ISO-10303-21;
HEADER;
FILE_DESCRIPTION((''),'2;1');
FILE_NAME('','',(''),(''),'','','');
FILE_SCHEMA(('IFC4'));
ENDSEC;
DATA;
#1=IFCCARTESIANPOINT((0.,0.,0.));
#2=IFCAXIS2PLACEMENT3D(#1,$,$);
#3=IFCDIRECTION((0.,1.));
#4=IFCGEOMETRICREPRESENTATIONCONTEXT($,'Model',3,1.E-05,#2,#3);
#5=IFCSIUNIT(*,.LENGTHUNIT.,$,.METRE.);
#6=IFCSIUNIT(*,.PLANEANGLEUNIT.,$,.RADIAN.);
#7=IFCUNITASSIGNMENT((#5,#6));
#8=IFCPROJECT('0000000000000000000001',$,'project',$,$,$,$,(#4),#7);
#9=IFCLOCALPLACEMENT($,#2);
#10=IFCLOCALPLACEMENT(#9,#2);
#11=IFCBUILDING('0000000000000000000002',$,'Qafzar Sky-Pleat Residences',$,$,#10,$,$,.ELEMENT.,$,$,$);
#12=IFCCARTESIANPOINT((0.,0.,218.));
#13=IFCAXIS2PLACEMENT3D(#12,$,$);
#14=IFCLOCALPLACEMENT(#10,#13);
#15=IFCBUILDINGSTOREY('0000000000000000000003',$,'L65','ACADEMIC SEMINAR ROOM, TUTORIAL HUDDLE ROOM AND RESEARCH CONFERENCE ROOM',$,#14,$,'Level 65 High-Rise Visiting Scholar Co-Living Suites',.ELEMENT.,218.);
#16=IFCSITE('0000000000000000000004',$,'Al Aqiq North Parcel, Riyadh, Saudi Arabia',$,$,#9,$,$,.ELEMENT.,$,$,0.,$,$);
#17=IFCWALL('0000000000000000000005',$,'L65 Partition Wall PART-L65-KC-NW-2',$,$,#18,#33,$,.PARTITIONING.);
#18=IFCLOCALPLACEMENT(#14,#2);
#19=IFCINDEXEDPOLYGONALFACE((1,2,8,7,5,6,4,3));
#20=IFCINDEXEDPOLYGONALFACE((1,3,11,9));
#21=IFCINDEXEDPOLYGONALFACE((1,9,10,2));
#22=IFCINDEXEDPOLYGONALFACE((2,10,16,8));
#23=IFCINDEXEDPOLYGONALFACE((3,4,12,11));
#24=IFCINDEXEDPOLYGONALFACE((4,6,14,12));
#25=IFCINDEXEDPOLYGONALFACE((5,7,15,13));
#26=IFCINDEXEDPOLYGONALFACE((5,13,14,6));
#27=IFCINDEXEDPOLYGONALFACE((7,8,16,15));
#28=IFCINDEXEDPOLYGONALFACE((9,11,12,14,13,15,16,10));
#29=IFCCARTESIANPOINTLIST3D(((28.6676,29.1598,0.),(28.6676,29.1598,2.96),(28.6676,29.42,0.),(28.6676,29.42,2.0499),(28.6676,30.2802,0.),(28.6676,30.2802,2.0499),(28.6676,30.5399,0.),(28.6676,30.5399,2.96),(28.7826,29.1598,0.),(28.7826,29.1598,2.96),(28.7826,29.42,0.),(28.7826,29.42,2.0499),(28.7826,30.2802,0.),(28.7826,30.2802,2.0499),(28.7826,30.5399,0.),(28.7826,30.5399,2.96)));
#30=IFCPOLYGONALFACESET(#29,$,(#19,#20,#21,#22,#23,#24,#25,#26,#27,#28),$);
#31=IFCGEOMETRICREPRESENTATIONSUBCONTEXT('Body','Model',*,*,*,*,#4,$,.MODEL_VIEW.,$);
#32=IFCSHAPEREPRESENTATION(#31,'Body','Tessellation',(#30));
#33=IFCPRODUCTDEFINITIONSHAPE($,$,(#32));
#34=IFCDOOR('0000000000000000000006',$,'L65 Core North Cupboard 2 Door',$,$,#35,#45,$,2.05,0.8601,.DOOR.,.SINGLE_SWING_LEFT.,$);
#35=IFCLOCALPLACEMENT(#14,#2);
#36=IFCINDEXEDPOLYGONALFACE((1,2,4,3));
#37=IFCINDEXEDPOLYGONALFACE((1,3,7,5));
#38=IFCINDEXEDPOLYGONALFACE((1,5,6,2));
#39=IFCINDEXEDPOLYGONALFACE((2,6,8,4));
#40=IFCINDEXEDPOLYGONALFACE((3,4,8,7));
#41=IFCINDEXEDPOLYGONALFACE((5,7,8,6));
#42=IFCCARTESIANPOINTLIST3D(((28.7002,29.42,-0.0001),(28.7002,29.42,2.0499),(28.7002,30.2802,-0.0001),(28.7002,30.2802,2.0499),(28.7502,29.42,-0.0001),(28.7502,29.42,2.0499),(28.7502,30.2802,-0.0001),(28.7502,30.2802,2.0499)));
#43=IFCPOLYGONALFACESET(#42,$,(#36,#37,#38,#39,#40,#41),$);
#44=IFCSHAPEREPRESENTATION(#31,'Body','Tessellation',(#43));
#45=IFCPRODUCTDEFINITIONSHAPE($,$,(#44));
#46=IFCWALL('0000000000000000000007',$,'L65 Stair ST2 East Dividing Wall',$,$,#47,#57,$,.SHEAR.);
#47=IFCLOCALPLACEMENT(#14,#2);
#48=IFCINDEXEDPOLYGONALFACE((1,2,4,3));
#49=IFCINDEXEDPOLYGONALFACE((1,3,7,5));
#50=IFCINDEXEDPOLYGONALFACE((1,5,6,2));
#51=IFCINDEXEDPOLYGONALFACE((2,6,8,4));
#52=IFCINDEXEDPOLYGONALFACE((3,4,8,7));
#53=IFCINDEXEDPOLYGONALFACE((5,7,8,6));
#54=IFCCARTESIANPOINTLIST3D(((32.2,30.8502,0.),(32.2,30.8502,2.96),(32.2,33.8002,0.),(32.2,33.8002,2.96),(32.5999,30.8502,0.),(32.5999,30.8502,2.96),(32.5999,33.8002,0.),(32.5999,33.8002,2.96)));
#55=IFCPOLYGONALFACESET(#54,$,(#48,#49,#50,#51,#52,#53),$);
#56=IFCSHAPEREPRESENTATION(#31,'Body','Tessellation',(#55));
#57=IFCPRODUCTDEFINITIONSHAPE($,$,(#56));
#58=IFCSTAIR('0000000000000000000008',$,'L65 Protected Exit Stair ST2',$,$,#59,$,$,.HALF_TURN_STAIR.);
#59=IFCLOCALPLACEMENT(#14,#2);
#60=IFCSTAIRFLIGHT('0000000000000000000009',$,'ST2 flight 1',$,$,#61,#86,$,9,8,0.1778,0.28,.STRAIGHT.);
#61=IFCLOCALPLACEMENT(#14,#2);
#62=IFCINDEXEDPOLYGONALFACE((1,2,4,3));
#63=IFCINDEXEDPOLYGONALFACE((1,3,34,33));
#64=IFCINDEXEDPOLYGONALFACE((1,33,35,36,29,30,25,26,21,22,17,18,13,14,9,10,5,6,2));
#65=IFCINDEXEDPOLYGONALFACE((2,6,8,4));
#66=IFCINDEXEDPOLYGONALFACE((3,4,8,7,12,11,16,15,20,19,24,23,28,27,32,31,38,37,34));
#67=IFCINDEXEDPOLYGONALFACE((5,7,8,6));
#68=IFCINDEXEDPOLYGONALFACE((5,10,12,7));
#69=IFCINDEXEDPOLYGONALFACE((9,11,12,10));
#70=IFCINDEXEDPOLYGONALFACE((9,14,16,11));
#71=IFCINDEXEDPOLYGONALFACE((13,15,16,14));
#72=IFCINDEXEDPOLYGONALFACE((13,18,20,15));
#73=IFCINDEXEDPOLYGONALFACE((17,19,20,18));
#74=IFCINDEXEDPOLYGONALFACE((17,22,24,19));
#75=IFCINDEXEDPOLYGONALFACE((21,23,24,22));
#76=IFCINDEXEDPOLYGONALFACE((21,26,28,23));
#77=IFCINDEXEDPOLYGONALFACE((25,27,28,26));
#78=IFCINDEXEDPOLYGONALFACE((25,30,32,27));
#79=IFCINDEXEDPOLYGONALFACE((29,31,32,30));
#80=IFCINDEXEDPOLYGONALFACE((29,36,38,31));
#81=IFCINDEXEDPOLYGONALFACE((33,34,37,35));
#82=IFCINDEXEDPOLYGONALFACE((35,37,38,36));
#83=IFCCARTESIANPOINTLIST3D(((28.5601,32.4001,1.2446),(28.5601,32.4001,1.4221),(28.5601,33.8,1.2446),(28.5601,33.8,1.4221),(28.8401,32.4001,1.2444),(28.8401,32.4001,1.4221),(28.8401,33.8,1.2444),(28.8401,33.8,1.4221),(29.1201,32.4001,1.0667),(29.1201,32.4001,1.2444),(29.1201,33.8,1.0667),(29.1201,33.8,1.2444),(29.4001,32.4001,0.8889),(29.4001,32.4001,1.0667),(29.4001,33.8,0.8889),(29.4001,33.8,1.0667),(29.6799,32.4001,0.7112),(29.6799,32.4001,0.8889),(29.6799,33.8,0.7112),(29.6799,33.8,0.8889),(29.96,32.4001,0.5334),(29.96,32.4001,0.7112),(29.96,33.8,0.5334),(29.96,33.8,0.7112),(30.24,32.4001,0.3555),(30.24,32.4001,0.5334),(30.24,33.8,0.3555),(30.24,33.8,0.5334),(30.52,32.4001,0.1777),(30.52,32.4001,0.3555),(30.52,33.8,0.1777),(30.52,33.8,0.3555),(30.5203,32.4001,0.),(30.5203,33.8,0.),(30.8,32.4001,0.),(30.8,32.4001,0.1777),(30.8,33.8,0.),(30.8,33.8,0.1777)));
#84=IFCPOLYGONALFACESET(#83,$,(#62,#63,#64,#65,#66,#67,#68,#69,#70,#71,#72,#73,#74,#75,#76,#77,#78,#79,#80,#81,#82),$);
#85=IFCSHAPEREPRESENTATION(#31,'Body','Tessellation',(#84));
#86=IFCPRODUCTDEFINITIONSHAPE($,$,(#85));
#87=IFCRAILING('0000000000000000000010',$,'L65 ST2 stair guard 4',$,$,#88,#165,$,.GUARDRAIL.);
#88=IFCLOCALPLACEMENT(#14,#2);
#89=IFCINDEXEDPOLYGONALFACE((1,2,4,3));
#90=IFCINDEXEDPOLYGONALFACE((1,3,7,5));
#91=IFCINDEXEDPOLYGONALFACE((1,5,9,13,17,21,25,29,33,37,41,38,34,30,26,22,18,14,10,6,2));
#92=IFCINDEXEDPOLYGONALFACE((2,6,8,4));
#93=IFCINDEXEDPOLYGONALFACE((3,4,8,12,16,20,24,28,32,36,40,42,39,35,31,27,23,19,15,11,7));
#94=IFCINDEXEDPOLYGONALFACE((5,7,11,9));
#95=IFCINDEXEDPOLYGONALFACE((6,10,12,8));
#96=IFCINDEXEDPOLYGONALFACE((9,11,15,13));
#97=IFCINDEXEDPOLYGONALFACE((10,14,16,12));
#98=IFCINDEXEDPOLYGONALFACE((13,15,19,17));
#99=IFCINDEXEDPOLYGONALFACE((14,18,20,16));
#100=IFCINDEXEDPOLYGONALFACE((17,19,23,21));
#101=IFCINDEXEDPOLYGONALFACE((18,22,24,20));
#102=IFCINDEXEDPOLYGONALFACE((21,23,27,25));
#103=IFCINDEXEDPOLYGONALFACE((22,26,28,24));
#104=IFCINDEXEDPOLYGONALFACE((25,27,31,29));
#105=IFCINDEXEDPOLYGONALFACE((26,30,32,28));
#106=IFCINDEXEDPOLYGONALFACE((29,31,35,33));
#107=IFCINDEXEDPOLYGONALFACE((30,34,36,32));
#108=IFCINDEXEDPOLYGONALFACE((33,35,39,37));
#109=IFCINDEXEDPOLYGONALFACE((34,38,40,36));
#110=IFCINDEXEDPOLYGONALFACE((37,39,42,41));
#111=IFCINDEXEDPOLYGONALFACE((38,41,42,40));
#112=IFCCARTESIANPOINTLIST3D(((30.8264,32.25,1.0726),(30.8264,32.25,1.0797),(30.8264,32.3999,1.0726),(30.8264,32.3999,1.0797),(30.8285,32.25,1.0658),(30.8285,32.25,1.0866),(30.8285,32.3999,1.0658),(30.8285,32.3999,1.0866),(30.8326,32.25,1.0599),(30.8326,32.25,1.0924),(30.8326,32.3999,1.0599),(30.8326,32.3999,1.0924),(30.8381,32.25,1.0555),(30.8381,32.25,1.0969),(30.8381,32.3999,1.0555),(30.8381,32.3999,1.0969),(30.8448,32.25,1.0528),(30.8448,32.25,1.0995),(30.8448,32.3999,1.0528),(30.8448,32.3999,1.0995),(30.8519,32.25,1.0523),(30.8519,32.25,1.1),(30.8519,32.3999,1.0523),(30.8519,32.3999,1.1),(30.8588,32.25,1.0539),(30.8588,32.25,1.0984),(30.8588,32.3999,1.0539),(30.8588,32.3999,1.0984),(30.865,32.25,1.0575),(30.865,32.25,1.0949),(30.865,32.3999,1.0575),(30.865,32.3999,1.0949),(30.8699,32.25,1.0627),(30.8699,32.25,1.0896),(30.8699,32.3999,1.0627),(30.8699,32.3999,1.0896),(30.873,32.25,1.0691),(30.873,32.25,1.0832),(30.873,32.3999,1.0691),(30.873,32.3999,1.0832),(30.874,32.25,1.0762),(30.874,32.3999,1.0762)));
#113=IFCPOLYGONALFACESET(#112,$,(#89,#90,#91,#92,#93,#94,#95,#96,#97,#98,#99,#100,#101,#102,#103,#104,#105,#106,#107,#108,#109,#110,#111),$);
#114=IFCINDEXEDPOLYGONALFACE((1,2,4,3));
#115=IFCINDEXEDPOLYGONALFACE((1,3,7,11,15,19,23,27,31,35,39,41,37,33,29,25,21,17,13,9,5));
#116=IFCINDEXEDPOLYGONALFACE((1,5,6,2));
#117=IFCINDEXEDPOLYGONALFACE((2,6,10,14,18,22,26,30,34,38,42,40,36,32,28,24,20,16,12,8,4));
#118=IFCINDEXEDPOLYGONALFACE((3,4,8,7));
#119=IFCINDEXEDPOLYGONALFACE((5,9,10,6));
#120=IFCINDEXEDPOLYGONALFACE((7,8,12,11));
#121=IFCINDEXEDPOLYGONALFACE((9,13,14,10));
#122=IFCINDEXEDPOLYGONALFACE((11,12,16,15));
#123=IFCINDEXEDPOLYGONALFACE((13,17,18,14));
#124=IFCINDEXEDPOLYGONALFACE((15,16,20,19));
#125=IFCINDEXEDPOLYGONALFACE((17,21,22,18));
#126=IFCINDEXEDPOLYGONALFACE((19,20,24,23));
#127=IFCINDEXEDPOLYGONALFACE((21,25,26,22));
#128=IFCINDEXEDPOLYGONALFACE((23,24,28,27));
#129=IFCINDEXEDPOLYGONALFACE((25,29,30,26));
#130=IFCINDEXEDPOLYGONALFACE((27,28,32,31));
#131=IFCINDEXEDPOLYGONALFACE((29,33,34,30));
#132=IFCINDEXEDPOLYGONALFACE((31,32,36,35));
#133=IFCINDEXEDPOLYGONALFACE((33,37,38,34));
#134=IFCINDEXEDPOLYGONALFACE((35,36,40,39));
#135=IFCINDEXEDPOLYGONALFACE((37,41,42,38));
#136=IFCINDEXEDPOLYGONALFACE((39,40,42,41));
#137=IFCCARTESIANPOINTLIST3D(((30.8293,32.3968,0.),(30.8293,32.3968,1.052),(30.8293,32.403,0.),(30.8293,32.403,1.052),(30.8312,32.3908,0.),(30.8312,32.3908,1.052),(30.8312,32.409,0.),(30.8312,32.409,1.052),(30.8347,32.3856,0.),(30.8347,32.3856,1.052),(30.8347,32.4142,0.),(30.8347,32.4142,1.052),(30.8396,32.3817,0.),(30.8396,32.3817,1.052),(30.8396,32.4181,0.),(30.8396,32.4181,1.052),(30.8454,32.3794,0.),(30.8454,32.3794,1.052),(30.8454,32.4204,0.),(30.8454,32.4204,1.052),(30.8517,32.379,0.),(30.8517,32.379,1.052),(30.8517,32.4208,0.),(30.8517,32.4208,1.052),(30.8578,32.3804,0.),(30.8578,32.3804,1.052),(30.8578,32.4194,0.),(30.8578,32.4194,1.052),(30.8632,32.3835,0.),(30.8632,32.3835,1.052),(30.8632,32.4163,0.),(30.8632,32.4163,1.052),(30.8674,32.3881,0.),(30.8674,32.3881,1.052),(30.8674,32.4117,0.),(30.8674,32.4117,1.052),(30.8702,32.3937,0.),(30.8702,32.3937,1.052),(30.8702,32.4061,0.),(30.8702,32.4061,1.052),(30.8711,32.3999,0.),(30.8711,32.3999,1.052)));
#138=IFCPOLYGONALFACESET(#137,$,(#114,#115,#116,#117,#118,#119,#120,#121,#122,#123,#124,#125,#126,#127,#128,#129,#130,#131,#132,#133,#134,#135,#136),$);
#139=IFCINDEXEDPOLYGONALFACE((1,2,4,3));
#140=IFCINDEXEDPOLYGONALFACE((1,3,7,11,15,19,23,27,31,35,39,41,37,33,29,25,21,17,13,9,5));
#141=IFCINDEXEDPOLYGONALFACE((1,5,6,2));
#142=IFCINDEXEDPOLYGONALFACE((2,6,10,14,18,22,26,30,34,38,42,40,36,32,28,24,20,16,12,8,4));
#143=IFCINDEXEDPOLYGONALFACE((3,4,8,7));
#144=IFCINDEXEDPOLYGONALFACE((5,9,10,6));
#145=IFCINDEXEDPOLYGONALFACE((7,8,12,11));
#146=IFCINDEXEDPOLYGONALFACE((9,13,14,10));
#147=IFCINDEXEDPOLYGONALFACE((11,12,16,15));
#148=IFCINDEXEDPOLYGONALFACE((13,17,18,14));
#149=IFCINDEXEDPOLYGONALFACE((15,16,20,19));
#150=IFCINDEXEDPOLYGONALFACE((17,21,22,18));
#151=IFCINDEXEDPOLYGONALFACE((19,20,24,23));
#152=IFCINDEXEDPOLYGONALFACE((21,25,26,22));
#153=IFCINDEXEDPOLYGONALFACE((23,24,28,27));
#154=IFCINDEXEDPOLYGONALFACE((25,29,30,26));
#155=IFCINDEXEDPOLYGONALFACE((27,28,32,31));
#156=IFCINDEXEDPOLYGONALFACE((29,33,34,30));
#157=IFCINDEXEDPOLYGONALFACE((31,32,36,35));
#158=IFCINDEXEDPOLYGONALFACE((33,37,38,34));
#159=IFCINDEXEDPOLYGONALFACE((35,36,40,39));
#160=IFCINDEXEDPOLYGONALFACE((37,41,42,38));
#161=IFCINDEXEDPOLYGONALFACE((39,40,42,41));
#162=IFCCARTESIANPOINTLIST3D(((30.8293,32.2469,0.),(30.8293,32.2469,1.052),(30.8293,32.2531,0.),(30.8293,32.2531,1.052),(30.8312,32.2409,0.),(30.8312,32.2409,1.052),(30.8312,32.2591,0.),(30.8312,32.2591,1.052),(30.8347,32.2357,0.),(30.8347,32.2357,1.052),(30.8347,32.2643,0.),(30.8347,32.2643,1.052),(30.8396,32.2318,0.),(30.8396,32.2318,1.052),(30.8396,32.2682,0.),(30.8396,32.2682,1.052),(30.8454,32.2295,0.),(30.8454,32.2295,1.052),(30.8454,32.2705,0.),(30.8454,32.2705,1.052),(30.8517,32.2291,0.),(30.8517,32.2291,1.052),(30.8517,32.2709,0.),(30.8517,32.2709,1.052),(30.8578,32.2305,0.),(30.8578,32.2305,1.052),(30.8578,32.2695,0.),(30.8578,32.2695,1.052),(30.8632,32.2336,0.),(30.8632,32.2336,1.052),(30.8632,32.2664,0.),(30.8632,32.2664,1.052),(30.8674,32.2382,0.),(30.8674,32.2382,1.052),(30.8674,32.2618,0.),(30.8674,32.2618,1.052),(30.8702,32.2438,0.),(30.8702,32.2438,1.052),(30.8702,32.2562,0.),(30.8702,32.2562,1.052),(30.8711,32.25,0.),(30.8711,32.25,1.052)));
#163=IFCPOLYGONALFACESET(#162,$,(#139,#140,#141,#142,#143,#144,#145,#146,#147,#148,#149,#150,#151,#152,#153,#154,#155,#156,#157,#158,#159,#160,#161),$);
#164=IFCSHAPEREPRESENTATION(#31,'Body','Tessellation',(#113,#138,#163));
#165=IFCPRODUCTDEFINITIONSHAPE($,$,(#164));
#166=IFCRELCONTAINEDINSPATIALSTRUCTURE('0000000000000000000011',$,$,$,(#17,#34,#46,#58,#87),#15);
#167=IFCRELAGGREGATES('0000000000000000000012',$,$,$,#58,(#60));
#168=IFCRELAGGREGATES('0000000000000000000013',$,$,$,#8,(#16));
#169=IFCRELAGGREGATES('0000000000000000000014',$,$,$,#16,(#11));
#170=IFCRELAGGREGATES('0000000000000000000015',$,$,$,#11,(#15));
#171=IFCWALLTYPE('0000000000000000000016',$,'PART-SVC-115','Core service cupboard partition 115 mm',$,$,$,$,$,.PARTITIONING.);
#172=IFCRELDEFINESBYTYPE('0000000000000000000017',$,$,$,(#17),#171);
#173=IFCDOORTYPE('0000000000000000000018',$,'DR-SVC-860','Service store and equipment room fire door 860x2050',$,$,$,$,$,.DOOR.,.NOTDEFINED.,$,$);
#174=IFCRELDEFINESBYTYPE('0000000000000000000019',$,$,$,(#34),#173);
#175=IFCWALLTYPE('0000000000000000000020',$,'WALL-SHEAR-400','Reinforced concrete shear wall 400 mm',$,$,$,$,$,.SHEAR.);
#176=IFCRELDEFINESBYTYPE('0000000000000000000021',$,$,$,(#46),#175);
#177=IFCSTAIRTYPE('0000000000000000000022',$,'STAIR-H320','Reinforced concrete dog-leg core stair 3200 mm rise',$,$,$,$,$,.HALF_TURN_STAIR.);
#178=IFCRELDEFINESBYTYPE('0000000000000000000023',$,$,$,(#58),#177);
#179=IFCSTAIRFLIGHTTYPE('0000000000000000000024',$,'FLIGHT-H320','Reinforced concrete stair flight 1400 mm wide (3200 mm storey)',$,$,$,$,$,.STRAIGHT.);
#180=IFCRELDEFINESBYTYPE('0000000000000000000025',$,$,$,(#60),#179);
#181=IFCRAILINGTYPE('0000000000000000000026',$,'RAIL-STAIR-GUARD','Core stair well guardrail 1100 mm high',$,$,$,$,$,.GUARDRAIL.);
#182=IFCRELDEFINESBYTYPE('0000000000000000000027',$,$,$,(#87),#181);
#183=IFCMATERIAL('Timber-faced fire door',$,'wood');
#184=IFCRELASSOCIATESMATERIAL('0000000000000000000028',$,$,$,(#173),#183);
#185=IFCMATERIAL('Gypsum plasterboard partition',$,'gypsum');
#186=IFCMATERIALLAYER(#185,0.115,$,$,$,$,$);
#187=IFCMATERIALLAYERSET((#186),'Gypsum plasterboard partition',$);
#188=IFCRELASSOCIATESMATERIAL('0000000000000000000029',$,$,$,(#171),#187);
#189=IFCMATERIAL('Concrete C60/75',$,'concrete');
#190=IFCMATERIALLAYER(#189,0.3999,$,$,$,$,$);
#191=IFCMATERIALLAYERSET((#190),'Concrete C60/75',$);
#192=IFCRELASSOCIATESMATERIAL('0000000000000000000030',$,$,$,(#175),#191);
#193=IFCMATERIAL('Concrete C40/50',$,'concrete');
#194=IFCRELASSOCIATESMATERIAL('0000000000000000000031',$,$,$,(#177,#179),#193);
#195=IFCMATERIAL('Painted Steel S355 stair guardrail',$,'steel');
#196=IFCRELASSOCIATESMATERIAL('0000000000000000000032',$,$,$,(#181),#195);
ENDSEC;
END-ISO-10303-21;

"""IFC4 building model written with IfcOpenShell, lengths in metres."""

from ifc_helpers import new_model, si_unit, direction, frame, frame_2d, origin, origin_2d, place, context, subcontext, project, spatial, polyline, rectangle, circle, outline, extrude, source, transform, mapped, material, layer, layer_set, type_object, element, fill, aggregate, save


model = new_model("IFC4")

# Units and contexts
model_context = context("Model", 3, precision=1e-05, world=origin(), true_north=direction((0.0, 1.0)))
body_context = subcontext(model_context, "Body", "Model", "MODEL_VIEW")
ifc_project = project(units=[si_unit("LENGTHUNIT", "METRE"), si_unit("PLANEANGLEUNIT", "RADIAN")], contexts=[model_context])

# Site, building, storey
site_placement = place(None, origin())
site = spatial("IfcSite", under=ifc_project, at=site_placement, Name="Al Aqiq North Parcel, Riyadh, Saudi Arabia", CompositionType="ELEMENT", RefElevation=0.0)
building_placement = place(site_placement, origin())
building = spatial("IfcBuilding", under=site, at=building_placement, Name="Qafzar Sky-Pleat Residences", CompositionType="ELEMENT")
storey_placement = place(building_placement, frame((0.0, 0.0, 218.0)))
storey = spatial("IfcBuildingStorey", under=building, at=storey_placement, Name="L65", Description="ACADEMIC SEMINAR ROOM, TUTORIAL HUDDLE ROOM AND RESEARCH CONFERENCE ROOM", LongName="Level 65 High-Rise Visiting Scholar Co-Living Suites", CompositionType="ELEMENT", Elevation=218.0)

# Shared definitions
ifc_material_1 = material(Name="Timber-faced fire door", Category="wood")
door_type_1 = type_object("IfcDoorType", Name="DR-SVC-860", Description="Service store and equipment room fire door 860x2050", OperationType="NOTDEFINED", PredefinedType="DOOR", material=ifc_material_1)
shared_shape_1 = source(origin(), body_context, "Body", "SweptSolid", [
    extrude(rectangle(XDim=0.8601, YDim=2.05, at=frame_2d((0.4302, 1.0249))), frame((0.0, 0.0249, 0.0), z_axis=(0.0, -1.0, 0.0), x_axis=(1.0, 0.0, 0.0)), (0.0, 0.0, 1.0), 0.05),
])

# Wall, opening, door
ifc_material_2 = material(Name="Gypsum plasterboard partition", Category="gypsum")
ifc_layer_1 = layer(ifc_material_2, 0.115)
ifc_layer_set_1 = layer_set([ifc_layer_1], Name="Gypsum plasterboard partition")
wall_type_1 = type_object("IfcWallType", Name="PART-SVC-115", Description="Core service cupboard partition 115 mm", PredefinedType="PARTITIONING", material=ifc_layer_set_1)
wall_1_placement = place(storey_placement, frame((28.7251, 29.1599, 0.0), z_axis=(0.0, 0.0, 1.0), x_axis=(0.0, 1.0, 0.0)))
wall_1 = element("IfcWall", 1, at=wall_1_placement, inside=storey, type_object=wall_type_1, Name="L65 Partition Wall PART-L65-KC-NW-2", PredefinedType="PARTITIONING", context=body_context, shape_type="SweptSolid", body=[
    extrude(rectangle(XDim=1.3801, YDim=0.115, at=frame_2d((0.6899, 0.0))), origin(), (0.0, 0.0, 1.0), 2.96),
])
opening_1_placement = place(wall_1_placement, frame((0.26, 0.0, 0.0)))
opening_1 = element("IfcOpeningElement", 2, at=opening_1_placement, cuts=wall_1, PredefinedType="OPENING", context=body_context, shape_type="SweptSolid", body=[
    extrude(rectangle(XDim=0.8601, YDim=2.05, at=frame_2d((0.4302, 1.0249))), frame((0.0, 0.0674, 0.0), z_axis=(0.0, -1.0, 0.0), x_axis=(1.0, 0.0, 0.0)), (0.0, 0.0, 1.0), 0.135),
])
door_1_placement = place(opening_1_placement, origin())
door_1 = element("IfcDoor", 3, at=door_1_placement, inside=storey, type_object=door_type_1, Name="L65 Core North Cupboard 2 Door", OperationType="SINGLE_SWING_LEFT", OverallHeight=2.05, OverallWidth=0.8601, PredefinedType="DOOR", context=body_context, shape_type="MappedRepresentation", body=[
    mapped(shared_shape_1, transform((0.0, 0.0, 0.0), x_axis=(1.0, 0.0, 0.0), y_axis=(0.0, 1.0, 0.0), z_axis=(0.0, 0.0, 1.0), scale=1.0)),
])
fill(opening_1, door_1)

# Wall
ifc_material_3 = material(Name="Concrete C60/75", Category="concrete")
ifc_layer_2 = layer(ifc_material_3, 0.3999)
ifc_layer_set_2 = layer_set([ifc_layer_2], Name="Concrete C60/75")
wall_type_2 = type_object("IfcWallType", Name="WALL-SHEAR-400", Description="Reinforced concrete shear wall 400 mm", PredefinedType="SHEAR", material=ifc_layer_set_2)
wall_2_placement = place(storey_placement, frame((32.3999, 30.8501, 0.0), z_axis=(0.0, 0.0, 1.0), x_axis=(0.0, 1.0, 0.0)))
element("IfcWall", 4, at=wall_2_placement, inside=storey, type_object=wall_type_2, Name="L65 Stair ST2 East Dividing Wall", PredefinedType="SHEAR", context=body_context, shape_type="SweptSolid", body=[
    extrude(rectangle(XDim=2.95, YDim=0.3999, at=frame_2d((1.4751, 0.0))), origin(), (0.0, 0.0, 1.0), 2.96),
])

# Stair, stair flight
ifc_material_4 = material(Name="Concrete C40/50", Category="concrete")
stair_type = type_object("IfcStairType", Name="STAIR-H320", Description="Reinforced concrete dog-leg core stair 3200 mm rise", PredefinedType="HALF_TURN_STAIR", material=ifc_material_4)
stair_placement = place(storey_placement, origin())
stair = element("IfcStair", 5, at=stair_placement, inside=storey, type_object=stair_type, Name="L65 Protected Exit Stair ST2", PredefinedType="HALF_TURN_STAIR")
stair_flight_type = type_object("IfcStairFlightType", Name="FLIGHT-H320", Description="Reinforced concrete stair flight 1400 mm wide (3200 mm storey)", PredefinedType="STRAIGHT", material=ifc_material_4)
shared_shape_2 = source(origin(), body_context, "Body", "SweptSolid", [
    extrude(outline(polyline([(0.0, 0.0), (0.0, 0.1777), (0.28, 0.1777), (0.28, 0.3555), (0.5601, 0.3555), (0.5601, 0.5334), (0.8401, 0.5334), (0.8401, 0.7112), (1.1201, 0.7112), (1.1201, 0.8889), (1.3999, 0.8889), (1.3999, 1.0667), (1.6799, 1.0667), (1.6799, 1.2444), (1.96, 1.2444), (1.96, 1.4221), (2.24, 1.4221), (2.24, 1.6001), (2.24, 1.2446), (0.2798, 0.0), (0.0, 0.0)])), frame((0.0, 0.7, 0.0), z_axis=(0.0, -1.0, 0.0), x_axis=(1.0, 0.0, 0.0)), (0.0, 0.0, 1.0), 1.3999),
])
stair_flight_placement = place(storey_placement, frame((30.8, 33.1001, 0.0), z_axis=(0.0, 0.0, 1.0), x_axis=(-1.0, 0.0, 0.0)))
stair_flight = element("IfcStairFlight", 6, at=stair_flight_placement, type_object=stair_flight_type, Name="ST2 flight 1", NumberOfRisers=9, NumberOfTreads=8, PredefinedType="STRAIGHT", RiserHeight=0.1778, TreadLength=0.28, context=body_context, shape_type="MappedRepresentation", body=[
    mapped(shared_shape_2, transform((0.0, 0.0, 0.0), x_axis=(1.0, 0.0, 0.0), y_axis=(0.0, 1.0, 0.0), z_axis=(0.0, 0.0, 1.0), scale=1.0)),
])
aggregate(stair, [stair_flight])

# Railing
ifc_material_5 = material(Name="Painted Steel S355 stair guardrail", Category="steel")
railing_type_1 = type_object("IfcRailingType", Name="RAIL-STAIR-GUARD", Description="Core stair well guardrail 1100 mm high", PredefinedType="GUARDRAIL", material=ifc_material_5)
shared_shape_3 = source(origin(), body_context, "Body", "SweptSolid", [
    extrude(circle(Radius=0.0239, at=origin_2d()), frame((0.0, 0.0, 1.0762), z_axis=(0.0, -1.0, 0.0), x_axis=(1.0, 0.0, 0.0)), (0.0, 0.0, 1.0), 0.1499),
    extrude(circle(Radius=0.021, at=origin_2d()), origin(), (0.0, 0.0, 1.0), 1.052),
    extrude(circle(Radius=0.021, at=origin_2d()), frame((0.0, -0.1499, 0.0)), (0.0, 0.0, 1.0), 1.052),
])
railing_1_placement = place(storey_placement, frame((30.8501, 32.3999, 0.0)))
element("IfcRailing", 7, at=railing_1_placement, inside=storey, type_object=railing_type_1, Name="L65 ST2 stair guard 4", PredefinedType="GUARDRAIL", context=body_context, shape_type="MappedRepresentation", body=[
    mapped(shared_shape_3, transform((0.0, 0.0, 0.0), x_axis=(1.0, 0.0, 0.0), y_axis=(0.0, 1.0, 0.0), z_axis=(0.0, 0.0, 1.0), scale=1.0)),
])

save(model, "model.ifc")
